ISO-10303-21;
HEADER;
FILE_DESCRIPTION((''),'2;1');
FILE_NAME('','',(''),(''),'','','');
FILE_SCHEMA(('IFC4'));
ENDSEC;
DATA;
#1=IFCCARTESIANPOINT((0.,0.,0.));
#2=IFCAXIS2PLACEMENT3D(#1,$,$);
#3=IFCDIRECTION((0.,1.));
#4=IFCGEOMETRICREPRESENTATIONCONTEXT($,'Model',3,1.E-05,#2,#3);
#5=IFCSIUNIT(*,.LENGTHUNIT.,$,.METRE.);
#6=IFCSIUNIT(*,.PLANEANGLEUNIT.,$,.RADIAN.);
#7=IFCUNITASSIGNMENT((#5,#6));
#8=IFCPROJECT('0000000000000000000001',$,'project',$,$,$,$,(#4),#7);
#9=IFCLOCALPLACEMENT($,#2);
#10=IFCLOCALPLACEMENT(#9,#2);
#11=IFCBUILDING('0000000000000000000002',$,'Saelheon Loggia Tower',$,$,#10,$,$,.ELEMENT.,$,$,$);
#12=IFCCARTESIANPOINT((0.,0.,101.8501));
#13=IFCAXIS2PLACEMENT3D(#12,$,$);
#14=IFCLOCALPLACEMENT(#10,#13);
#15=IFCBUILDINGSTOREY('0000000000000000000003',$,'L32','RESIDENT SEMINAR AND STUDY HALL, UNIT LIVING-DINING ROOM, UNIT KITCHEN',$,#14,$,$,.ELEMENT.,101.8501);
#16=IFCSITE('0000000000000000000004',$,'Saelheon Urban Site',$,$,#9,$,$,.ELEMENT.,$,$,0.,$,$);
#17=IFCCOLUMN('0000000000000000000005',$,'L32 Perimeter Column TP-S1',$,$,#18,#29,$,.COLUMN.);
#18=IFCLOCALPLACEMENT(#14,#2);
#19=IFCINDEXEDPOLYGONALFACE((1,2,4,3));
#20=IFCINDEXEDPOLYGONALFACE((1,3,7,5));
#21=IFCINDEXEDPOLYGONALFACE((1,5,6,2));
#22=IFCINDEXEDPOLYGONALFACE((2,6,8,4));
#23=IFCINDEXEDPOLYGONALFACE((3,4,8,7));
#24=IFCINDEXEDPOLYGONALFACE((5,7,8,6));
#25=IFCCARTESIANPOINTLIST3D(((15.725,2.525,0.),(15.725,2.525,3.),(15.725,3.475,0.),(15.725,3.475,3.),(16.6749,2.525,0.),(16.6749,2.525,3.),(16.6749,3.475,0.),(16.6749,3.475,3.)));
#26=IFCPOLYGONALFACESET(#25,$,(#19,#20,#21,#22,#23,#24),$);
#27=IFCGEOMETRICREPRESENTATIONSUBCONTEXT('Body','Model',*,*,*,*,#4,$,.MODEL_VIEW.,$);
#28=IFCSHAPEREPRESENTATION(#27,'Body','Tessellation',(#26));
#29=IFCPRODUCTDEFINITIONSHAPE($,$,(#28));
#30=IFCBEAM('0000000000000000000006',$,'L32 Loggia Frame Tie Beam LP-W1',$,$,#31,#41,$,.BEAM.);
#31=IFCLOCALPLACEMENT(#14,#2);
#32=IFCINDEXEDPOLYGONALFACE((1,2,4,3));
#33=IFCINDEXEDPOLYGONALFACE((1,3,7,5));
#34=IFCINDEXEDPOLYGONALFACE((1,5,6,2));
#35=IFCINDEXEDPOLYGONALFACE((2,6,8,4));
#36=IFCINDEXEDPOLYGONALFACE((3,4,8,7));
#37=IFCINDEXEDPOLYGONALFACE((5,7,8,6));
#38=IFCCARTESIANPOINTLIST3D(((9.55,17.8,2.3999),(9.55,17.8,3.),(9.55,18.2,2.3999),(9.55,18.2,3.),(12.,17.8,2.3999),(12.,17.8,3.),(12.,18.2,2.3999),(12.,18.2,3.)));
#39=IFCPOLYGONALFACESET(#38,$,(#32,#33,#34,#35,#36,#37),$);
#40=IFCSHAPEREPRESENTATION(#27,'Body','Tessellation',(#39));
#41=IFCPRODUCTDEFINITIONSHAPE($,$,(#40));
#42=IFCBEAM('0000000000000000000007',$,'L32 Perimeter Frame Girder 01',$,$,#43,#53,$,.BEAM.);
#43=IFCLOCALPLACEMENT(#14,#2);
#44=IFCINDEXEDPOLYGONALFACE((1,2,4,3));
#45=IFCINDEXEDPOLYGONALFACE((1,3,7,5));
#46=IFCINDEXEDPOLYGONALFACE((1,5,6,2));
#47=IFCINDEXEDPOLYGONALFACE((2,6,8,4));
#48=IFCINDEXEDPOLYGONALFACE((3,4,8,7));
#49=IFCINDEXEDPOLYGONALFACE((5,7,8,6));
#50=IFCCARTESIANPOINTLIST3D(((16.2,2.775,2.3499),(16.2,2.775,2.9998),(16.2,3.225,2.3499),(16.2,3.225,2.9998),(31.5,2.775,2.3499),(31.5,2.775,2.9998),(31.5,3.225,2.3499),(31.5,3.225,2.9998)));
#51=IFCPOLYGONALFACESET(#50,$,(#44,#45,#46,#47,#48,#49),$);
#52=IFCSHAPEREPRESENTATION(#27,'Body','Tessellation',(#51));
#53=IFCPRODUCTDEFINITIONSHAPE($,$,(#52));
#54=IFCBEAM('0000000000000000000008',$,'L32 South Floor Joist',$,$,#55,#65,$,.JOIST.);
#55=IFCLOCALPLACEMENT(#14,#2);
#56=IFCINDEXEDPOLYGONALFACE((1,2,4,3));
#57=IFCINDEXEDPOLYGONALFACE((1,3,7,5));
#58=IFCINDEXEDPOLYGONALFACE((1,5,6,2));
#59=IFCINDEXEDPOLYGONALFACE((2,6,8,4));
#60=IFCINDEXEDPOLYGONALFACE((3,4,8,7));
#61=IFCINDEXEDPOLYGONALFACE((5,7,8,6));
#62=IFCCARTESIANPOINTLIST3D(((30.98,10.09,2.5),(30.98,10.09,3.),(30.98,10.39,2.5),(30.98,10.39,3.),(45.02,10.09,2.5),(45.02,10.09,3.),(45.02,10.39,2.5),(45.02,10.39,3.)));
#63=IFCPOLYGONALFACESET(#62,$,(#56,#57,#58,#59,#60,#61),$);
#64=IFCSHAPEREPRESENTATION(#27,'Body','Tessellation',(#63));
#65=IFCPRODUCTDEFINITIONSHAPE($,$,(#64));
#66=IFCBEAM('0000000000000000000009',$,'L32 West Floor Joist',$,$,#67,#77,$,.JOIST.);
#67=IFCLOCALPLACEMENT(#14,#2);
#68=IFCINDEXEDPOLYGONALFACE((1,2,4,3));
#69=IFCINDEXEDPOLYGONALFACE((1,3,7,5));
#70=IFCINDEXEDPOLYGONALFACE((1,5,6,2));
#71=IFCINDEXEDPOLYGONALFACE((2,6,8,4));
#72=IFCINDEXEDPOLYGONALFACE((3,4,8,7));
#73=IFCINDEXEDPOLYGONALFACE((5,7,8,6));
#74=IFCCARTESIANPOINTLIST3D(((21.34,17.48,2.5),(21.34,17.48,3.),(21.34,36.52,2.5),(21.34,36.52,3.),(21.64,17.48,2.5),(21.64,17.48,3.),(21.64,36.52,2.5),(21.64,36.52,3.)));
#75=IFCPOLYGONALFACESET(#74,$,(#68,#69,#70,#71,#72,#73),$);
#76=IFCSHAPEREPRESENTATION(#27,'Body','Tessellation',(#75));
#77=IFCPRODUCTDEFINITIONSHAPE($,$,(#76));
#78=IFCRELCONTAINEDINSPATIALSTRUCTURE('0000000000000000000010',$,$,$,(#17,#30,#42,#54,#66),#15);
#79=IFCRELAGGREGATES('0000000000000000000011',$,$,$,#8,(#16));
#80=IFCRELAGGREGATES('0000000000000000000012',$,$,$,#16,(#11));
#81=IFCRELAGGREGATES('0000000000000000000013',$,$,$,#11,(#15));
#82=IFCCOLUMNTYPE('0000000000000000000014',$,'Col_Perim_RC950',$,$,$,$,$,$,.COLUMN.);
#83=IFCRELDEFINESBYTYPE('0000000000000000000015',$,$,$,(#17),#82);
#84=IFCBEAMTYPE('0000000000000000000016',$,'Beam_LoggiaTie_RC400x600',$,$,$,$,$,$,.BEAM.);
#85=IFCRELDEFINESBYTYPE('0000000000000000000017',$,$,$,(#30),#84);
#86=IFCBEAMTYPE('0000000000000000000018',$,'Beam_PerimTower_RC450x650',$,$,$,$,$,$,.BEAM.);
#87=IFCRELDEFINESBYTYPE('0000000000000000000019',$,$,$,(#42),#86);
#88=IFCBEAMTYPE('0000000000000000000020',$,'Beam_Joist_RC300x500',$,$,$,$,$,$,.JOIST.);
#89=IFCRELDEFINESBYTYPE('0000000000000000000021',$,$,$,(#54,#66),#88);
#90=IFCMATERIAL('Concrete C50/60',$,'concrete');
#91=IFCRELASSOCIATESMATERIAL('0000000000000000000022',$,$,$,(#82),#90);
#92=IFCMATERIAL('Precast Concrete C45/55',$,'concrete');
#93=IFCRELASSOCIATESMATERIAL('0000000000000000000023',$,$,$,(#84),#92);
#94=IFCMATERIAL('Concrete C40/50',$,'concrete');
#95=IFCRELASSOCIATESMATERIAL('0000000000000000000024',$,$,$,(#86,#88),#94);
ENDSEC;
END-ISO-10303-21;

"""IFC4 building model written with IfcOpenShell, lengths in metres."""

from ifc_helpers import new_model, si_unit, direction, frame, origin, origin_2d, place, context, subcontext, project, spatial, rectangle, extrude, source, transform, mapped, material, material_profile, profile_set, type_object, element, save


model = new_model("IFC4")

# Units and contexts
model_context = context("Model", 3, precision=1e-05, world=origin(), true_north=direction((0.0, 1.0)))
body_context = subcontext(model_context, "Body", "Model", "MODEL_VIEW")
ifc_project = project(units=[si_unit("LENGTHUNIT", "METRE"), si_unit("PLANEANGLEUNIT", "RADIAN")], contexts=[model_context])

# Site, building, storey
site_placement = place(None, origin())
site = spatial("IfcSite", under=ifc_project, at=site_placement, Name="Saelheon Urban Site", CompositionType="ELEMENT", RefElevation=0.0)
building_placement = place(site_placement, origin())
building = spatial("IfcBuilding", under=site, at=building_placement, Name="Saelheon Loggia Tower", CompositionType="ELEMENT")
storey_placement = place(building_placement, frame((0.0, 0.0, 101.8501)))
storey = spatial("IfcBuildingStorey", under=building, at=storey_placement, Name="L32", Description="RESIDENT SEMINAR AND STUDY HALL, UNIT LIVING-DINING ROOM, UNIT KITCHEN", CompositionType="ELEMENT", Elevation=101.8501)

# Column
ifc_material_1 = material(Name="Concrete C50/60", Category="concrete")
ifc_material_profile_1 = material_profile(ifc_material_1, rectangle(XDim=0.95, YDim=0.95, at=origin_2d()), Name="RC-950x950")
ifc_profile_set_1 = profile_set([ifc_material_profile_1], Name="Concrete C50/60")
column_type = type_object("IfcColumnType", Name="Col_Perim_RC950", PredefinedType="COLUMN", material=ifc_profile_set_1)
shared_shape_1 = source(origin(), body_context, "Body", "SweptSolid", [
    extrude(rectangle(XDim=0.95, YDim=0.95, at=origin_2d()), origin(), (0.0, 0.0, 1.0), 3.0),
])
column_placement = place(storey_placement, frame((16.2, 3.0, 0.0), z_axis=(0.0, 0.0, 1.0), x_axis=(1.0, 0.0, 0.0)))
element("IfcColumn", 1, at=column_placement, inside=storey, type_object=column_type, Name="L32 Perimeter Column TP-S1", PredefinedType="COLUMN", context=body_context, shape_type="MappedRepresentation", body=[
    mapped(shared_shape_1, transform((0.0, 0.0, 0.0), scale=1.0)),
])

# Beams
ifc_material_2 = material(Name="Precast Concrete C45/55", Category="concrete")
ifc_material_profile_2 = material_profile(ifc_material_2, rectangle(XDim=0.3999, YDim=0.6001, at=origin_2d()), Name="RC-400x600")
ifc_profile_set_2 = profile_set([ifc_material_profile_2], Name="Precast Concrete C45/55")
beam_type_1 = type_object("IfcBeamType", Name="Beam_LoggiaTie_RC400x600", PredefinedType="BEAM", material=ifc_profile_set_2)
shared_shape_2 = source(origin(), body_context, "Body", "SweptSolid", [
    extrude(rectangle(XDim=0.3999, YDim=0.6001, at=origin_2d()), origin(), (0.0, 0.0, 1.0), 2.45),
])
beam_1_placement = place(storey_placement, frame((12.0, 18.0, 2.7), z_axis=(-1.0, 0.0, 0.0), x_axis=(0.0, -1.0, 0.0)))
element("IfcBeam", 2, at=beam_1_placement, inside=storey, type_object=beam_type_1, Name="L32 Loggia Frame Tie Beam LP-W1", PredefinedType="BEAM", context=body_context, shape_type="MappedRepresentation", body=[
    mapped(shared_shape_2, transform((0.0, 0.0, 0.0), scale=1.0)),
])
ifc_material_3 = material(Name="Concrete C40/50", Category="concrete")
ifc_material_profile_3 = material_profile(ifc_material_3, rectangle(XDim=0.45, YDim=0.6499, at=origin_2d()), Name="RC-450x650")
ifc_profile_set_3 = profile_set([ifc_material_profile_3], Name="Concrete C40/50")
beam_type_2 = type_object("IfcBeamType", Name="Beam_PerimTower_RC450x650", PredefinedType="BEAM", material=ifc_profile_set_3)
shared_shape_3 = source(origin(), body_context, "Body", "SweptSolid", [
    extrude(rectangle(XDim=0.45, YDim=0.6499, at=origin_2d()), origin(), (0.0, 0.0, 1.0), 15.3),
])
beam_2_placement = place(storey_placement, frame((16.2, 3.0, 2.6748), z_axis=(1.0, 0.0, 0.0), x_axis=(0.0, 1.0, 0.0)))
element("IfcBeam", 3, at=beam_2_placement, inside=storey, type_object=beam_type_2, Name="L32 Perimeter Frame Girder 01", PredefinedType="BEAM", context=body_context, shape_type="MappedRepresentation", body=[
    mapped(shared_shape_3, transform((0.0, 0.0, 0.0), scale=1.0)),
])
ifc_material_profile_4 = material_profile(ifc_material_3, rectangle(XDim=0.3, YDim=0.5, at=origin_2d()), Name="RC-300x500")
ifc_profile_set_4 = profile_set([ifc_material_profile_4], Name="Concrete C40/50")
beam_type_3 = type_object("IfcBeamType", Name="Beam_Joist_RC300x500", PredefinedType="JOIST", material=ifc_profile_set_4)
shared_shape_4 = source(origin(), body_context, "Body", "SweptSolid", [
    extrude(rectangle(XDim=0.3, YDim=0.5, at=origin_2d()), origin(), (0.0, 0.0, 1.0), 14.04),
])
beam_3_placement = place(storey_placement, frame((30.98, 10.24, 2.75), z_axis=(1.0, 0.0, 0.0), x_axis=(0.0, 1.0, 0.0)))
element("IfcBeam", 4, at=beam_3_placement, inside=storey, type_object=beam_type_3, Name="L32 South Floor Joist", PredefinedType="JOIST", context=body_context, shape_type="MappedRepresentation", body=[
    mapped(shared_shape_4, transform((0.0, 0.0, 0.0), scale=1.0)),
])
shared_shape_5 = source(origin(), body_context, "Body", "SweptSolid", [
    extrude(rectangle(XDim=0.3, YDim=0.5, at=origin_2d()), origin(), (0.0, 0.0, 1.0), 19.04),
])
beam_4_placement = place(storey_placement, frame((21.49, 17.48, 2.75), z_axis=(0.0, 1.0, 0.0), x_axis=(-1.0, 0.0, 0.0)))
element("IfcBeam", 5, at=beam_4_placement, inside=storey, type_object=beam_type_3, Name="L32 West Floor Joist", PredefinedType="JOIST", context=body_context, shape_type="MappedRepresentation", body=[
    mapped(shared_shape_5, transform((0.0, 0.0, 0.0), scale=1.0)),
])

save(model, "model.ifc")
